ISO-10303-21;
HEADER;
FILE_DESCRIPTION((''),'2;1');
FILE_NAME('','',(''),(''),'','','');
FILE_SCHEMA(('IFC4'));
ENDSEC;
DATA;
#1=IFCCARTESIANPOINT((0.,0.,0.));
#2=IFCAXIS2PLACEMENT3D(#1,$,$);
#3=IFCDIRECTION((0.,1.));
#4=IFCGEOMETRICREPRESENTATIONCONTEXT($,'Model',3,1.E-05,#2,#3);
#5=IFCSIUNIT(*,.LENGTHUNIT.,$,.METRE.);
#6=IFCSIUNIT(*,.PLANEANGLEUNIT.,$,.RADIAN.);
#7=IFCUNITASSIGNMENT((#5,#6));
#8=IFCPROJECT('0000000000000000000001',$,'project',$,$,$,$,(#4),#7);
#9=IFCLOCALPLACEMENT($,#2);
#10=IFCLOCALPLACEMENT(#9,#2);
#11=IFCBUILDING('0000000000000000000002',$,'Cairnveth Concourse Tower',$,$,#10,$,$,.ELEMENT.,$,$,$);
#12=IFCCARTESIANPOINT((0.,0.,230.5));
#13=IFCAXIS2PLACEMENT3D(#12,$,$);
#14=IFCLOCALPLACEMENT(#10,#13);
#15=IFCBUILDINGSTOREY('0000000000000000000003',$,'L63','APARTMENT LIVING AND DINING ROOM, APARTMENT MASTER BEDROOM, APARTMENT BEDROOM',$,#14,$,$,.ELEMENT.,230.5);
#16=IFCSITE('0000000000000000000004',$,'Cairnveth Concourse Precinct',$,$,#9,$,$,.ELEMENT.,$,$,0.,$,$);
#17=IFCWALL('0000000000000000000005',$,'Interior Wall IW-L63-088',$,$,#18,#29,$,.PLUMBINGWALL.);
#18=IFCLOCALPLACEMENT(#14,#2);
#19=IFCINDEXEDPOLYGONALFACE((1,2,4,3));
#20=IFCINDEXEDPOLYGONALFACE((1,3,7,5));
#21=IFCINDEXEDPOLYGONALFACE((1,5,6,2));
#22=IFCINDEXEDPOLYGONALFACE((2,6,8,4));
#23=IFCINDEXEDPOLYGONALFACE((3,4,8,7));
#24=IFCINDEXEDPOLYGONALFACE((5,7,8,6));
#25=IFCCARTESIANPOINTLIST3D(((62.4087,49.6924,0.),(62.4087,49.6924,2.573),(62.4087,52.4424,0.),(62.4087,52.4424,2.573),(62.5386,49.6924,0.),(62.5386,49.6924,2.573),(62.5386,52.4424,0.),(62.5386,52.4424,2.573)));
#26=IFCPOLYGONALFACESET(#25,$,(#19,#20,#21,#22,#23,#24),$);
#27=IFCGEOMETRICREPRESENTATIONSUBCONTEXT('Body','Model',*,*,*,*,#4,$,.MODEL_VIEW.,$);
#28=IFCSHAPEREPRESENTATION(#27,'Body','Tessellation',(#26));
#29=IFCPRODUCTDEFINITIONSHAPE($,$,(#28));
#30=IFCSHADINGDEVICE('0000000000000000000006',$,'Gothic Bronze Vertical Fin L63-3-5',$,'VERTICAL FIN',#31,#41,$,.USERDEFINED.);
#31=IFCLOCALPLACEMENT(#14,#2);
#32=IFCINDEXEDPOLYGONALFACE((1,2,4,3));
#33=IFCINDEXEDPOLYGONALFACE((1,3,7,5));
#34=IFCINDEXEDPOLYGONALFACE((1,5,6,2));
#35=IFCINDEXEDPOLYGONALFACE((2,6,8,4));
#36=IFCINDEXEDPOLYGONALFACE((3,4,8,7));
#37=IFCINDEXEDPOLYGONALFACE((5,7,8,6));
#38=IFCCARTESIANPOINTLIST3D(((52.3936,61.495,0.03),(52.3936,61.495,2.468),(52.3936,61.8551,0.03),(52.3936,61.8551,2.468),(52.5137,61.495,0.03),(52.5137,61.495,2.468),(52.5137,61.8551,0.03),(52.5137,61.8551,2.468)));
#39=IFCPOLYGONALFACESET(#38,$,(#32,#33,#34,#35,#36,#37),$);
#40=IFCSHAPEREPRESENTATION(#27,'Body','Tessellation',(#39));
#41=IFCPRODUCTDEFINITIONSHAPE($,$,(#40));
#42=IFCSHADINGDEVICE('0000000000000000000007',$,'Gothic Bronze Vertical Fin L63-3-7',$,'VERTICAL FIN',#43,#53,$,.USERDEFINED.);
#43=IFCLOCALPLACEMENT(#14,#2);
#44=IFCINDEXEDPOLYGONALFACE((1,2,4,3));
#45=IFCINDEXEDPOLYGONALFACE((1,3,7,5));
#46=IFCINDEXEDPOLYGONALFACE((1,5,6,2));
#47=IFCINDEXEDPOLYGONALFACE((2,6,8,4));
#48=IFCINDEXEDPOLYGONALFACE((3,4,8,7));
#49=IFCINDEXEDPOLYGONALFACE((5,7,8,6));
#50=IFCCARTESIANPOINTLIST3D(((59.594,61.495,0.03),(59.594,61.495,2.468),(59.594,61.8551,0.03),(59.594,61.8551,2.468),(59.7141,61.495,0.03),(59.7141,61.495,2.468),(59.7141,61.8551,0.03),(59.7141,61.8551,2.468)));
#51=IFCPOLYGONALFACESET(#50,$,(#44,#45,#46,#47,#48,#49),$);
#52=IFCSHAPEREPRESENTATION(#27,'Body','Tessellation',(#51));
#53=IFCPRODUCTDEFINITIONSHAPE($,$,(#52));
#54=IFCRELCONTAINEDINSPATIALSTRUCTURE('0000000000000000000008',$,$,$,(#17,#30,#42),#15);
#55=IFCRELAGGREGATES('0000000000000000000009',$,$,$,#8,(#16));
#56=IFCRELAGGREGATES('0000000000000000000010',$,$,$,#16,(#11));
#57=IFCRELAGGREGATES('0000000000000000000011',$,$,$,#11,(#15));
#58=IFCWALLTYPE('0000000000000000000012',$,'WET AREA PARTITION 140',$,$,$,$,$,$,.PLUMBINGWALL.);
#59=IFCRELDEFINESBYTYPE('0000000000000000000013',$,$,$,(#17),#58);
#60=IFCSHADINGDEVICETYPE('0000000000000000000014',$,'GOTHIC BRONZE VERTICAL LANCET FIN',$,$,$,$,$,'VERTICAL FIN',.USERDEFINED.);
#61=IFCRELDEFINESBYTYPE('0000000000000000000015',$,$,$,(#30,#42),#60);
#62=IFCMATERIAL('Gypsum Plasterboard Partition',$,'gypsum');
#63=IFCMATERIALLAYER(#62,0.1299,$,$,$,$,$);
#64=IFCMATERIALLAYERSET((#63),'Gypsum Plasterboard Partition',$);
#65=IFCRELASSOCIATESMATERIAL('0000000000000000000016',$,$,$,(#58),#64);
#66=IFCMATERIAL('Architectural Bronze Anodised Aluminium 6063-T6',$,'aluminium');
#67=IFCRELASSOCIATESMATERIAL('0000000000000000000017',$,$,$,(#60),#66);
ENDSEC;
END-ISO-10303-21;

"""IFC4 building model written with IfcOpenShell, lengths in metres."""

from ifc_helpers import new_model, si_unit, direction, frame, frame_2d, origin, origin_2d, place, context, subcontext, project, spatial, rectangle, extrude, material, layer, layer_set, type_object, element, save


model = new_model("IFC4")

# Units and contexts
model_context = context("Model", 3, precision=1e-05, world=origin(), true_north=direction((0.0, 1.0)))
body_context = subcontext(model_context, "Body", "Model", "MODEL_VIEW")
ifc_project = project(units=[si_unit("LENGTHUNIT", "METRE"), si_unit("PLANEANGLEUNIT", "RADIAN")], contexts=[model_context])

# Site, building, storey
site_placement = place(None, origin())
site = spatial("IfcSite", under=ifc_project, at=site_placement, Name="Cairnveth Concourse Precinct", CompositionType="ELEMENT", RefElevation=0.0)
building_placement = place(site_placement, origin())
building = spatial("IfcBuilding", under=site, at=building_placement, Name="Cairnveth Concourse Tower", CompositionType="ELEMENT")
storey_placement = place(building_placement, frame((0.0, 0.0, 230.5)))
storey = spatial("IfcBuildingStorey", under=building, at=storey_placement, Name="L63", Description="APARTMENT LIVING AND DINING ROOM, APARTMENT MASTER BEDROOM, APARTMENT BEDROOM", CompositionType="ELEMENT", Elevation=230.5)

# Shared definitions
ifc_material_1 = material(Name="Gypsum Plasterboard Partition", Category="gypsum")

# Shared definitions
ifc_layer_1 = layer(ifc_material_1, 0.1299)
ifc_layer_set_1 = layer_set([ifc_layer_1], Name="Gypsum Plasterboard Partition")
wall_type_1 = type_object("IfcWallType", Name="WET AREA PARTITION 140", PredefinedType="PLUMBINGWALL", material=ifc_layer_set_1)

# Wall
wall_1_placement = place(storey_placement, frame((62.4736, 49.6924, 0.0), z_axis=(0.0, 0.0, 1.0), x_axis=(0.0, 1.0, 0.0)))
element("IfcWall", 1, at=wall_1_placement, inside=storey, type_object=wall_type_1, Name="Interior Wall IW-L63-088", PredefinedType="PLUMBINGWALL", context=body_context, shape_type="SweptSolid", body=[
    extrude(rectangle(XDim=2.75, YDim=0.1299, at=frame_2d((1.375, 0.0))), origin(), (0.0, 0.0, 1.0), 2.573),
])

# Shading devices
ifc_material_2 = material(Name="Architectural Bronze Anodised Aluminium 6063-T6", Category="aluminium")
shading_device_type = type_object("IfcShadingDeviceType", Name="GOTHIC BRONZE VERTICAL LANCET FIN", ElementType="VERTICAL FIN", PredefinedType="USERDEFINED", material=ifc_material_2)
for number, where, z_axis, x_axis, name in (
    (2, (52.4536, 61.675, 0.03), (0.0, 0.0, 1.0), (1.0, 0.0, 0.0), "Gothic Bronze Vertical Fin L63-3-5"),
    (3, (59.6541, 61.675, 0.03), (0.0, 0.0, 1.0), (1.0, 0.0, 0.0), "Gothic Bronze Vertical Fin L63-3-7"),
):
    element("IfcShadingDevice", number, at=place(storey_placement, frame(where, z_axis=z_axis, x_axis=x_axis)), inside=storey, type_object=shading_device_type, Name=name, ObjectType="VERTICAL FIN", PredefinedType="USERDEFINED", context=body_context, shape_type="SweptSolid", body=[
        extrude(rectangle(XDim=0.1201, YDim=0.3601, at=origin_2d()), origin(), (0.0, 0.0, 1.0), 2.438),
    ])

save(model, "model.ifc")
